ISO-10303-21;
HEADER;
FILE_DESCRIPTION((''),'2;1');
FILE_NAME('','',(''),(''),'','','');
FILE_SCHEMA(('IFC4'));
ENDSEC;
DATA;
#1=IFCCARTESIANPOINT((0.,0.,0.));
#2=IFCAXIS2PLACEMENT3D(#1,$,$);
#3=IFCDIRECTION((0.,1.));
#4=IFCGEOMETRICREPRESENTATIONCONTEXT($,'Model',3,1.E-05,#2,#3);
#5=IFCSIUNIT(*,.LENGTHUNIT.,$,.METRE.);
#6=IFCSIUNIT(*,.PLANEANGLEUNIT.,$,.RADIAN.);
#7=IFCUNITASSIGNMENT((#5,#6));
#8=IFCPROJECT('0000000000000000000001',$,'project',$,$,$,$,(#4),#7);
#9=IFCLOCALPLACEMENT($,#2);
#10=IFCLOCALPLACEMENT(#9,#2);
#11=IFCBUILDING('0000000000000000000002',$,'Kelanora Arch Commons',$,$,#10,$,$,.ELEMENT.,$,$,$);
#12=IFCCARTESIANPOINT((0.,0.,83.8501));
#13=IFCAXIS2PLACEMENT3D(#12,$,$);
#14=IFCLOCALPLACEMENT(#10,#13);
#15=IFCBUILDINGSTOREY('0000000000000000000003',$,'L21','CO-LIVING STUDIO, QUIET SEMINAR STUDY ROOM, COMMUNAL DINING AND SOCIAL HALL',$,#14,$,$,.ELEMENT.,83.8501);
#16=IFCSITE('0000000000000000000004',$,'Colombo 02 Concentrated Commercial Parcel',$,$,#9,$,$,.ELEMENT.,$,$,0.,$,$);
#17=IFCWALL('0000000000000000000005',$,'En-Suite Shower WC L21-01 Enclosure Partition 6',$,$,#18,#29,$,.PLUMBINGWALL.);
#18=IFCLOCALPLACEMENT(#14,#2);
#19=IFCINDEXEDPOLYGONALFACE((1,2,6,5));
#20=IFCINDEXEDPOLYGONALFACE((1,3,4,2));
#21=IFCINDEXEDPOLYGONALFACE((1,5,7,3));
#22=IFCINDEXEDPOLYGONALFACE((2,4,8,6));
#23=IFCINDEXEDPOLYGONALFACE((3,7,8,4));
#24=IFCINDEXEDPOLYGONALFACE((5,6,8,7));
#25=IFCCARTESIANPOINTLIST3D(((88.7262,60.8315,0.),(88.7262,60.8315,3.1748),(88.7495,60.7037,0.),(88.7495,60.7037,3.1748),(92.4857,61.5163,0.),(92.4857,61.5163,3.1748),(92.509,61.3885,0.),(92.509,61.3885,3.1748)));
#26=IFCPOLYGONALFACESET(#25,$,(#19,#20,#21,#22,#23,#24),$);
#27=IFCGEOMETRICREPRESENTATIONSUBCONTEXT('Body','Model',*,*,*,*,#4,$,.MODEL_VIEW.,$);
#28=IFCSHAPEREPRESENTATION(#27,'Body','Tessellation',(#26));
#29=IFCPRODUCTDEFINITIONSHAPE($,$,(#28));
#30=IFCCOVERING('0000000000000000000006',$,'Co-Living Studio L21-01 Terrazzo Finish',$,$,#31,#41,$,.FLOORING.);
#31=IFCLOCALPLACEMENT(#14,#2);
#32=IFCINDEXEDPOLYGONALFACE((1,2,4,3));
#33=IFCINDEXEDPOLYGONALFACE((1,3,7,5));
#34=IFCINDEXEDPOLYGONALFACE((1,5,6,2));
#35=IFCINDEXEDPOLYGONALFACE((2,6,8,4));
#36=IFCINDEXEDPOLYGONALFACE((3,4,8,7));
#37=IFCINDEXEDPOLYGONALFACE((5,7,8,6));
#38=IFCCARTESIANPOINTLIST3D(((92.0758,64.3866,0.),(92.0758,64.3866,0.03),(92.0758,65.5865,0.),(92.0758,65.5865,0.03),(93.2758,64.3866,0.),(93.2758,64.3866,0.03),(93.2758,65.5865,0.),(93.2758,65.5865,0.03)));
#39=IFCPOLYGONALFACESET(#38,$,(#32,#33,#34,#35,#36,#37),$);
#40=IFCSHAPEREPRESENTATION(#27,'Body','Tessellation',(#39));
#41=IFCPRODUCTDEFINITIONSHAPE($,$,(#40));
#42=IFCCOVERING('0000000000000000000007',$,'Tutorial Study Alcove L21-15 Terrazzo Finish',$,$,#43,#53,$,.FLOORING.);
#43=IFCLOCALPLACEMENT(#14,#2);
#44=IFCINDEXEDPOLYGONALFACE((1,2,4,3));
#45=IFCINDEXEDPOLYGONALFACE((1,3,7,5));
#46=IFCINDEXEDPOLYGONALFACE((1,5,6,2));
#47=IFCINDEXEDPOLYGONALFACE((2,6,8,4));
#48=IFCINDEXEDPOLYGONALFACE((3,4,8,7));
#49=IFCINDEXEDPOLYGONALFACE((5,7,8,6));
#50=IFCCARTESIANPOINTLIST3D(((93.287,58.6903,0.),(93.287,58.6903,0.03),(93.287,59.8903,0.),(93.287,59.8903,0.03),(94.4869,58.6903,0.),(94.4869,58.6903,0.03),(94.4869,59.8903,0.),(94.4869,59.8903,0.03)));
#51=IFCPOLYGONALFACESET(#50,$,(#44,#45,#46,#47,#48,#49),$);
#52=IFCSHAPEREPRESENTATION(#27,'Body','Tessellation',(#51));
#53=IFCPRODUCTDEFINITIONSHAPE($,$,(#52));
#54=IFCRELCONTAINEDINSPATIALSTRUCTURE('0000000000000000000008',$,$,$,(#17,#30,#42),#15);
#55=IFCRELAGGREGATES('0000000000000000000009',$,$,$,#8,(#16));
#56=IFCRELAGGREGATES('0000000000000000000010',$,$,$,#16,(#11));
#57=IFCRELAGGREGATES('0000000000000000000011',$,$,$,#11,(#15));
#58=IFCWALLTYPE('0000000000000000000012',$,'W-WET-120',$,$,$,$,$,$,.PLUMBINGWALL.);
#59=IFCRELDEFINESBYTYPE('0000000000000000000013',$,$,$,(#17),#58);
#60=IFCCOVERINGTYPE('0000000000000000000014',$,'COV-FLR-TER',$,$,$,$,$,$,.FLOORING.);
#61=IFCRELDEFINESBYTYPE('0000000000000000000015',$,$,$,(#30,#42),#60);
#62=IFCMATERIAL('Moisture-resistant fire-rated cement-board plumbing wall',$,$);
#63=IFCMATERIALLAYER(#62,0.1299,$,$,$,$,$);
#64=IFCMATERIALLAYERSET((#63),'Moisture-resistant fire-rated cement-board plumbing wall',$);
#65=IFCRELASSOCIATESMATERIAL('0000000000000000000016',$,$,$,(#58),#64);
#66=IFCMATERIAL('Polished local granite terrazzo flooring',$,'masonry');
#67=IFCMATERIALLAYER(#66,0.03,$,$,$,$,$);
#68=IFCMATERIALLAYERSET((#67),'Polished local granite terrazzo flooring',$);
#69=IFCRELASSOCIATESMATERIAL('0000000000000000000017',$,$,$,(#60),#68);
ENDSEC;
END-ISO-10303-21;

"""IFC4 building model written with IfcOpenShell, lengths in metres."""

from ifc_helpers import new_model, si_unit, direction, frame, frame_2d, origin, origin_2d, place, context, subcontext, project, spatial, rectangle, extrude, source, transform, mapped, material, layer, layer_set, type_object, element, save


model = new_model("IFC4")

# Units and contexts
model_context = context("Model", 3, precision=1e-05, world=origin(), true_north=direction((0.0, 1.0)))
body_context = subcontext(model_context, "Body", "Model", "MODEL_VIEW")
ifc_project = project(units=[si_unit("LENGTHUNIT", "METRE"), si_unit("PLANEANGLEUNIT", "RADIAN")], contexts=[model_context])

# Site, building, storey
site_placement = place(None, origin())
site = spatial("IfcSite", under=ifc_project, at=site_placement, Name="Colombo 02 Concentrated Commercial Parcel", CompositionType="ELEMENT", RefElevation=0.0)
building_placement = place(site_placement, origin())
building = spatial("IfcBuilding", under=site, at=building_placement, Name="Kelanora Arch Commons", CompositionType="ELEMENT")
storey_placement = place(building_placement, frame((0.0, 0.0, 83.8501)))
storey = spatial("IfcBuildingStorey", under=building, at=storey_placement, Name="L21", Description="CO-LIVING STUDIO, QUIET SEMINAR STUDY ROOM, COMMUNAL DINING AND SOCIAL HALL", CompositionType="ELEMENT", Elevation=83.8501)

# Shared definitions
ifc_material_1 = material(Name="Moisture-resistant fire-rated cement-board plumbing wall")
ifc_layer_1 = layer(ifc_material_1, 0.1299)
ifc_layer_set_1 = layer_set([ifc_layer_1], Name="Moisture-resistant fire-rated cement-board plumbing wall")
wall_type_1 = type_object("IfcWallType", Name="W-WET-120", PredefinedType="PLUMBINGWALL", material=ifc_layer_set_1)

# Wall
wall_1_placement = place(storey_placement, frame((92.4973, 61.4524, 0.0), z_axis=(0.0, 0.0, 1.0), x_axis=(-0.983812, -0.179206, 0.0)))
element("IfcWall", 1, at=wall_1_placement, inside=storey, type_object=wall_type_1, Name="En-Suite Shower WC L21-01 Enclosure Partition 6", PredefinedType="PLUMBINGWALL", context=body_context, shape_type="SweptSolid", body=[
    extrude(rectangle(XDim=3.8213, YDim=0.1299, at=frame_2d((1.9106, 0.0))), origin(), (0.0, 0.0, 1.0), 3.1748),
])

# Coverings
ifc_material_2 = material(Name="Polished local granite terrazzo flooring", Category="masonry")
ifc_layer_2 = layer(ifc_material_2, 0.03)
ifc_layer_set_2 = layer_set([ifc_layer_2], Name="Polished local granite terrazzo flooring")
covering_type = type_object("IfcCoveringType", Name="COV-FLR-TER", PredefinedType="FLOORING", material=ifc_layer_set_2)
shared_shape_1 = source(origin(), body_context, "Body", "SweptSolid", [
    extrude(rectangle(XDim=1.2, YDim=1.2, at=origin_2d()), origin(), (0.0, 0.0, 1.0), 0.03),
])
for number, where, z_axis, x_axis, name in (
    (2, (92.6758, 64.9866, 0.0), (0.0, 0.0, 1.0), (1.0, 0.0, 0.0), "Co-Living Studio L21-01 Terrazzo Finish"),
    (3, (93.887, 59.2903, 0.0), (0.0, 0.0, 1.0), (1.0, 0.0, 0.0), "Tutorial Study Alcove L21-15 Terrazzo Finish"),
):
    element("IfcCovering", number, at=place(storey_placement, frame(where, z_axis=z_axis, x_axis=x_axis)), inside=storey, type_object=covering_type, Name=name, PredefinedType="FLOORING", context=body_context, shape_type="MappedRepresentation", body=[
        mapped(shared_shape_1, transform((0.0, 0.0, 0.0), scale=1.0)),
    ])

save(model, "model.ifc")
